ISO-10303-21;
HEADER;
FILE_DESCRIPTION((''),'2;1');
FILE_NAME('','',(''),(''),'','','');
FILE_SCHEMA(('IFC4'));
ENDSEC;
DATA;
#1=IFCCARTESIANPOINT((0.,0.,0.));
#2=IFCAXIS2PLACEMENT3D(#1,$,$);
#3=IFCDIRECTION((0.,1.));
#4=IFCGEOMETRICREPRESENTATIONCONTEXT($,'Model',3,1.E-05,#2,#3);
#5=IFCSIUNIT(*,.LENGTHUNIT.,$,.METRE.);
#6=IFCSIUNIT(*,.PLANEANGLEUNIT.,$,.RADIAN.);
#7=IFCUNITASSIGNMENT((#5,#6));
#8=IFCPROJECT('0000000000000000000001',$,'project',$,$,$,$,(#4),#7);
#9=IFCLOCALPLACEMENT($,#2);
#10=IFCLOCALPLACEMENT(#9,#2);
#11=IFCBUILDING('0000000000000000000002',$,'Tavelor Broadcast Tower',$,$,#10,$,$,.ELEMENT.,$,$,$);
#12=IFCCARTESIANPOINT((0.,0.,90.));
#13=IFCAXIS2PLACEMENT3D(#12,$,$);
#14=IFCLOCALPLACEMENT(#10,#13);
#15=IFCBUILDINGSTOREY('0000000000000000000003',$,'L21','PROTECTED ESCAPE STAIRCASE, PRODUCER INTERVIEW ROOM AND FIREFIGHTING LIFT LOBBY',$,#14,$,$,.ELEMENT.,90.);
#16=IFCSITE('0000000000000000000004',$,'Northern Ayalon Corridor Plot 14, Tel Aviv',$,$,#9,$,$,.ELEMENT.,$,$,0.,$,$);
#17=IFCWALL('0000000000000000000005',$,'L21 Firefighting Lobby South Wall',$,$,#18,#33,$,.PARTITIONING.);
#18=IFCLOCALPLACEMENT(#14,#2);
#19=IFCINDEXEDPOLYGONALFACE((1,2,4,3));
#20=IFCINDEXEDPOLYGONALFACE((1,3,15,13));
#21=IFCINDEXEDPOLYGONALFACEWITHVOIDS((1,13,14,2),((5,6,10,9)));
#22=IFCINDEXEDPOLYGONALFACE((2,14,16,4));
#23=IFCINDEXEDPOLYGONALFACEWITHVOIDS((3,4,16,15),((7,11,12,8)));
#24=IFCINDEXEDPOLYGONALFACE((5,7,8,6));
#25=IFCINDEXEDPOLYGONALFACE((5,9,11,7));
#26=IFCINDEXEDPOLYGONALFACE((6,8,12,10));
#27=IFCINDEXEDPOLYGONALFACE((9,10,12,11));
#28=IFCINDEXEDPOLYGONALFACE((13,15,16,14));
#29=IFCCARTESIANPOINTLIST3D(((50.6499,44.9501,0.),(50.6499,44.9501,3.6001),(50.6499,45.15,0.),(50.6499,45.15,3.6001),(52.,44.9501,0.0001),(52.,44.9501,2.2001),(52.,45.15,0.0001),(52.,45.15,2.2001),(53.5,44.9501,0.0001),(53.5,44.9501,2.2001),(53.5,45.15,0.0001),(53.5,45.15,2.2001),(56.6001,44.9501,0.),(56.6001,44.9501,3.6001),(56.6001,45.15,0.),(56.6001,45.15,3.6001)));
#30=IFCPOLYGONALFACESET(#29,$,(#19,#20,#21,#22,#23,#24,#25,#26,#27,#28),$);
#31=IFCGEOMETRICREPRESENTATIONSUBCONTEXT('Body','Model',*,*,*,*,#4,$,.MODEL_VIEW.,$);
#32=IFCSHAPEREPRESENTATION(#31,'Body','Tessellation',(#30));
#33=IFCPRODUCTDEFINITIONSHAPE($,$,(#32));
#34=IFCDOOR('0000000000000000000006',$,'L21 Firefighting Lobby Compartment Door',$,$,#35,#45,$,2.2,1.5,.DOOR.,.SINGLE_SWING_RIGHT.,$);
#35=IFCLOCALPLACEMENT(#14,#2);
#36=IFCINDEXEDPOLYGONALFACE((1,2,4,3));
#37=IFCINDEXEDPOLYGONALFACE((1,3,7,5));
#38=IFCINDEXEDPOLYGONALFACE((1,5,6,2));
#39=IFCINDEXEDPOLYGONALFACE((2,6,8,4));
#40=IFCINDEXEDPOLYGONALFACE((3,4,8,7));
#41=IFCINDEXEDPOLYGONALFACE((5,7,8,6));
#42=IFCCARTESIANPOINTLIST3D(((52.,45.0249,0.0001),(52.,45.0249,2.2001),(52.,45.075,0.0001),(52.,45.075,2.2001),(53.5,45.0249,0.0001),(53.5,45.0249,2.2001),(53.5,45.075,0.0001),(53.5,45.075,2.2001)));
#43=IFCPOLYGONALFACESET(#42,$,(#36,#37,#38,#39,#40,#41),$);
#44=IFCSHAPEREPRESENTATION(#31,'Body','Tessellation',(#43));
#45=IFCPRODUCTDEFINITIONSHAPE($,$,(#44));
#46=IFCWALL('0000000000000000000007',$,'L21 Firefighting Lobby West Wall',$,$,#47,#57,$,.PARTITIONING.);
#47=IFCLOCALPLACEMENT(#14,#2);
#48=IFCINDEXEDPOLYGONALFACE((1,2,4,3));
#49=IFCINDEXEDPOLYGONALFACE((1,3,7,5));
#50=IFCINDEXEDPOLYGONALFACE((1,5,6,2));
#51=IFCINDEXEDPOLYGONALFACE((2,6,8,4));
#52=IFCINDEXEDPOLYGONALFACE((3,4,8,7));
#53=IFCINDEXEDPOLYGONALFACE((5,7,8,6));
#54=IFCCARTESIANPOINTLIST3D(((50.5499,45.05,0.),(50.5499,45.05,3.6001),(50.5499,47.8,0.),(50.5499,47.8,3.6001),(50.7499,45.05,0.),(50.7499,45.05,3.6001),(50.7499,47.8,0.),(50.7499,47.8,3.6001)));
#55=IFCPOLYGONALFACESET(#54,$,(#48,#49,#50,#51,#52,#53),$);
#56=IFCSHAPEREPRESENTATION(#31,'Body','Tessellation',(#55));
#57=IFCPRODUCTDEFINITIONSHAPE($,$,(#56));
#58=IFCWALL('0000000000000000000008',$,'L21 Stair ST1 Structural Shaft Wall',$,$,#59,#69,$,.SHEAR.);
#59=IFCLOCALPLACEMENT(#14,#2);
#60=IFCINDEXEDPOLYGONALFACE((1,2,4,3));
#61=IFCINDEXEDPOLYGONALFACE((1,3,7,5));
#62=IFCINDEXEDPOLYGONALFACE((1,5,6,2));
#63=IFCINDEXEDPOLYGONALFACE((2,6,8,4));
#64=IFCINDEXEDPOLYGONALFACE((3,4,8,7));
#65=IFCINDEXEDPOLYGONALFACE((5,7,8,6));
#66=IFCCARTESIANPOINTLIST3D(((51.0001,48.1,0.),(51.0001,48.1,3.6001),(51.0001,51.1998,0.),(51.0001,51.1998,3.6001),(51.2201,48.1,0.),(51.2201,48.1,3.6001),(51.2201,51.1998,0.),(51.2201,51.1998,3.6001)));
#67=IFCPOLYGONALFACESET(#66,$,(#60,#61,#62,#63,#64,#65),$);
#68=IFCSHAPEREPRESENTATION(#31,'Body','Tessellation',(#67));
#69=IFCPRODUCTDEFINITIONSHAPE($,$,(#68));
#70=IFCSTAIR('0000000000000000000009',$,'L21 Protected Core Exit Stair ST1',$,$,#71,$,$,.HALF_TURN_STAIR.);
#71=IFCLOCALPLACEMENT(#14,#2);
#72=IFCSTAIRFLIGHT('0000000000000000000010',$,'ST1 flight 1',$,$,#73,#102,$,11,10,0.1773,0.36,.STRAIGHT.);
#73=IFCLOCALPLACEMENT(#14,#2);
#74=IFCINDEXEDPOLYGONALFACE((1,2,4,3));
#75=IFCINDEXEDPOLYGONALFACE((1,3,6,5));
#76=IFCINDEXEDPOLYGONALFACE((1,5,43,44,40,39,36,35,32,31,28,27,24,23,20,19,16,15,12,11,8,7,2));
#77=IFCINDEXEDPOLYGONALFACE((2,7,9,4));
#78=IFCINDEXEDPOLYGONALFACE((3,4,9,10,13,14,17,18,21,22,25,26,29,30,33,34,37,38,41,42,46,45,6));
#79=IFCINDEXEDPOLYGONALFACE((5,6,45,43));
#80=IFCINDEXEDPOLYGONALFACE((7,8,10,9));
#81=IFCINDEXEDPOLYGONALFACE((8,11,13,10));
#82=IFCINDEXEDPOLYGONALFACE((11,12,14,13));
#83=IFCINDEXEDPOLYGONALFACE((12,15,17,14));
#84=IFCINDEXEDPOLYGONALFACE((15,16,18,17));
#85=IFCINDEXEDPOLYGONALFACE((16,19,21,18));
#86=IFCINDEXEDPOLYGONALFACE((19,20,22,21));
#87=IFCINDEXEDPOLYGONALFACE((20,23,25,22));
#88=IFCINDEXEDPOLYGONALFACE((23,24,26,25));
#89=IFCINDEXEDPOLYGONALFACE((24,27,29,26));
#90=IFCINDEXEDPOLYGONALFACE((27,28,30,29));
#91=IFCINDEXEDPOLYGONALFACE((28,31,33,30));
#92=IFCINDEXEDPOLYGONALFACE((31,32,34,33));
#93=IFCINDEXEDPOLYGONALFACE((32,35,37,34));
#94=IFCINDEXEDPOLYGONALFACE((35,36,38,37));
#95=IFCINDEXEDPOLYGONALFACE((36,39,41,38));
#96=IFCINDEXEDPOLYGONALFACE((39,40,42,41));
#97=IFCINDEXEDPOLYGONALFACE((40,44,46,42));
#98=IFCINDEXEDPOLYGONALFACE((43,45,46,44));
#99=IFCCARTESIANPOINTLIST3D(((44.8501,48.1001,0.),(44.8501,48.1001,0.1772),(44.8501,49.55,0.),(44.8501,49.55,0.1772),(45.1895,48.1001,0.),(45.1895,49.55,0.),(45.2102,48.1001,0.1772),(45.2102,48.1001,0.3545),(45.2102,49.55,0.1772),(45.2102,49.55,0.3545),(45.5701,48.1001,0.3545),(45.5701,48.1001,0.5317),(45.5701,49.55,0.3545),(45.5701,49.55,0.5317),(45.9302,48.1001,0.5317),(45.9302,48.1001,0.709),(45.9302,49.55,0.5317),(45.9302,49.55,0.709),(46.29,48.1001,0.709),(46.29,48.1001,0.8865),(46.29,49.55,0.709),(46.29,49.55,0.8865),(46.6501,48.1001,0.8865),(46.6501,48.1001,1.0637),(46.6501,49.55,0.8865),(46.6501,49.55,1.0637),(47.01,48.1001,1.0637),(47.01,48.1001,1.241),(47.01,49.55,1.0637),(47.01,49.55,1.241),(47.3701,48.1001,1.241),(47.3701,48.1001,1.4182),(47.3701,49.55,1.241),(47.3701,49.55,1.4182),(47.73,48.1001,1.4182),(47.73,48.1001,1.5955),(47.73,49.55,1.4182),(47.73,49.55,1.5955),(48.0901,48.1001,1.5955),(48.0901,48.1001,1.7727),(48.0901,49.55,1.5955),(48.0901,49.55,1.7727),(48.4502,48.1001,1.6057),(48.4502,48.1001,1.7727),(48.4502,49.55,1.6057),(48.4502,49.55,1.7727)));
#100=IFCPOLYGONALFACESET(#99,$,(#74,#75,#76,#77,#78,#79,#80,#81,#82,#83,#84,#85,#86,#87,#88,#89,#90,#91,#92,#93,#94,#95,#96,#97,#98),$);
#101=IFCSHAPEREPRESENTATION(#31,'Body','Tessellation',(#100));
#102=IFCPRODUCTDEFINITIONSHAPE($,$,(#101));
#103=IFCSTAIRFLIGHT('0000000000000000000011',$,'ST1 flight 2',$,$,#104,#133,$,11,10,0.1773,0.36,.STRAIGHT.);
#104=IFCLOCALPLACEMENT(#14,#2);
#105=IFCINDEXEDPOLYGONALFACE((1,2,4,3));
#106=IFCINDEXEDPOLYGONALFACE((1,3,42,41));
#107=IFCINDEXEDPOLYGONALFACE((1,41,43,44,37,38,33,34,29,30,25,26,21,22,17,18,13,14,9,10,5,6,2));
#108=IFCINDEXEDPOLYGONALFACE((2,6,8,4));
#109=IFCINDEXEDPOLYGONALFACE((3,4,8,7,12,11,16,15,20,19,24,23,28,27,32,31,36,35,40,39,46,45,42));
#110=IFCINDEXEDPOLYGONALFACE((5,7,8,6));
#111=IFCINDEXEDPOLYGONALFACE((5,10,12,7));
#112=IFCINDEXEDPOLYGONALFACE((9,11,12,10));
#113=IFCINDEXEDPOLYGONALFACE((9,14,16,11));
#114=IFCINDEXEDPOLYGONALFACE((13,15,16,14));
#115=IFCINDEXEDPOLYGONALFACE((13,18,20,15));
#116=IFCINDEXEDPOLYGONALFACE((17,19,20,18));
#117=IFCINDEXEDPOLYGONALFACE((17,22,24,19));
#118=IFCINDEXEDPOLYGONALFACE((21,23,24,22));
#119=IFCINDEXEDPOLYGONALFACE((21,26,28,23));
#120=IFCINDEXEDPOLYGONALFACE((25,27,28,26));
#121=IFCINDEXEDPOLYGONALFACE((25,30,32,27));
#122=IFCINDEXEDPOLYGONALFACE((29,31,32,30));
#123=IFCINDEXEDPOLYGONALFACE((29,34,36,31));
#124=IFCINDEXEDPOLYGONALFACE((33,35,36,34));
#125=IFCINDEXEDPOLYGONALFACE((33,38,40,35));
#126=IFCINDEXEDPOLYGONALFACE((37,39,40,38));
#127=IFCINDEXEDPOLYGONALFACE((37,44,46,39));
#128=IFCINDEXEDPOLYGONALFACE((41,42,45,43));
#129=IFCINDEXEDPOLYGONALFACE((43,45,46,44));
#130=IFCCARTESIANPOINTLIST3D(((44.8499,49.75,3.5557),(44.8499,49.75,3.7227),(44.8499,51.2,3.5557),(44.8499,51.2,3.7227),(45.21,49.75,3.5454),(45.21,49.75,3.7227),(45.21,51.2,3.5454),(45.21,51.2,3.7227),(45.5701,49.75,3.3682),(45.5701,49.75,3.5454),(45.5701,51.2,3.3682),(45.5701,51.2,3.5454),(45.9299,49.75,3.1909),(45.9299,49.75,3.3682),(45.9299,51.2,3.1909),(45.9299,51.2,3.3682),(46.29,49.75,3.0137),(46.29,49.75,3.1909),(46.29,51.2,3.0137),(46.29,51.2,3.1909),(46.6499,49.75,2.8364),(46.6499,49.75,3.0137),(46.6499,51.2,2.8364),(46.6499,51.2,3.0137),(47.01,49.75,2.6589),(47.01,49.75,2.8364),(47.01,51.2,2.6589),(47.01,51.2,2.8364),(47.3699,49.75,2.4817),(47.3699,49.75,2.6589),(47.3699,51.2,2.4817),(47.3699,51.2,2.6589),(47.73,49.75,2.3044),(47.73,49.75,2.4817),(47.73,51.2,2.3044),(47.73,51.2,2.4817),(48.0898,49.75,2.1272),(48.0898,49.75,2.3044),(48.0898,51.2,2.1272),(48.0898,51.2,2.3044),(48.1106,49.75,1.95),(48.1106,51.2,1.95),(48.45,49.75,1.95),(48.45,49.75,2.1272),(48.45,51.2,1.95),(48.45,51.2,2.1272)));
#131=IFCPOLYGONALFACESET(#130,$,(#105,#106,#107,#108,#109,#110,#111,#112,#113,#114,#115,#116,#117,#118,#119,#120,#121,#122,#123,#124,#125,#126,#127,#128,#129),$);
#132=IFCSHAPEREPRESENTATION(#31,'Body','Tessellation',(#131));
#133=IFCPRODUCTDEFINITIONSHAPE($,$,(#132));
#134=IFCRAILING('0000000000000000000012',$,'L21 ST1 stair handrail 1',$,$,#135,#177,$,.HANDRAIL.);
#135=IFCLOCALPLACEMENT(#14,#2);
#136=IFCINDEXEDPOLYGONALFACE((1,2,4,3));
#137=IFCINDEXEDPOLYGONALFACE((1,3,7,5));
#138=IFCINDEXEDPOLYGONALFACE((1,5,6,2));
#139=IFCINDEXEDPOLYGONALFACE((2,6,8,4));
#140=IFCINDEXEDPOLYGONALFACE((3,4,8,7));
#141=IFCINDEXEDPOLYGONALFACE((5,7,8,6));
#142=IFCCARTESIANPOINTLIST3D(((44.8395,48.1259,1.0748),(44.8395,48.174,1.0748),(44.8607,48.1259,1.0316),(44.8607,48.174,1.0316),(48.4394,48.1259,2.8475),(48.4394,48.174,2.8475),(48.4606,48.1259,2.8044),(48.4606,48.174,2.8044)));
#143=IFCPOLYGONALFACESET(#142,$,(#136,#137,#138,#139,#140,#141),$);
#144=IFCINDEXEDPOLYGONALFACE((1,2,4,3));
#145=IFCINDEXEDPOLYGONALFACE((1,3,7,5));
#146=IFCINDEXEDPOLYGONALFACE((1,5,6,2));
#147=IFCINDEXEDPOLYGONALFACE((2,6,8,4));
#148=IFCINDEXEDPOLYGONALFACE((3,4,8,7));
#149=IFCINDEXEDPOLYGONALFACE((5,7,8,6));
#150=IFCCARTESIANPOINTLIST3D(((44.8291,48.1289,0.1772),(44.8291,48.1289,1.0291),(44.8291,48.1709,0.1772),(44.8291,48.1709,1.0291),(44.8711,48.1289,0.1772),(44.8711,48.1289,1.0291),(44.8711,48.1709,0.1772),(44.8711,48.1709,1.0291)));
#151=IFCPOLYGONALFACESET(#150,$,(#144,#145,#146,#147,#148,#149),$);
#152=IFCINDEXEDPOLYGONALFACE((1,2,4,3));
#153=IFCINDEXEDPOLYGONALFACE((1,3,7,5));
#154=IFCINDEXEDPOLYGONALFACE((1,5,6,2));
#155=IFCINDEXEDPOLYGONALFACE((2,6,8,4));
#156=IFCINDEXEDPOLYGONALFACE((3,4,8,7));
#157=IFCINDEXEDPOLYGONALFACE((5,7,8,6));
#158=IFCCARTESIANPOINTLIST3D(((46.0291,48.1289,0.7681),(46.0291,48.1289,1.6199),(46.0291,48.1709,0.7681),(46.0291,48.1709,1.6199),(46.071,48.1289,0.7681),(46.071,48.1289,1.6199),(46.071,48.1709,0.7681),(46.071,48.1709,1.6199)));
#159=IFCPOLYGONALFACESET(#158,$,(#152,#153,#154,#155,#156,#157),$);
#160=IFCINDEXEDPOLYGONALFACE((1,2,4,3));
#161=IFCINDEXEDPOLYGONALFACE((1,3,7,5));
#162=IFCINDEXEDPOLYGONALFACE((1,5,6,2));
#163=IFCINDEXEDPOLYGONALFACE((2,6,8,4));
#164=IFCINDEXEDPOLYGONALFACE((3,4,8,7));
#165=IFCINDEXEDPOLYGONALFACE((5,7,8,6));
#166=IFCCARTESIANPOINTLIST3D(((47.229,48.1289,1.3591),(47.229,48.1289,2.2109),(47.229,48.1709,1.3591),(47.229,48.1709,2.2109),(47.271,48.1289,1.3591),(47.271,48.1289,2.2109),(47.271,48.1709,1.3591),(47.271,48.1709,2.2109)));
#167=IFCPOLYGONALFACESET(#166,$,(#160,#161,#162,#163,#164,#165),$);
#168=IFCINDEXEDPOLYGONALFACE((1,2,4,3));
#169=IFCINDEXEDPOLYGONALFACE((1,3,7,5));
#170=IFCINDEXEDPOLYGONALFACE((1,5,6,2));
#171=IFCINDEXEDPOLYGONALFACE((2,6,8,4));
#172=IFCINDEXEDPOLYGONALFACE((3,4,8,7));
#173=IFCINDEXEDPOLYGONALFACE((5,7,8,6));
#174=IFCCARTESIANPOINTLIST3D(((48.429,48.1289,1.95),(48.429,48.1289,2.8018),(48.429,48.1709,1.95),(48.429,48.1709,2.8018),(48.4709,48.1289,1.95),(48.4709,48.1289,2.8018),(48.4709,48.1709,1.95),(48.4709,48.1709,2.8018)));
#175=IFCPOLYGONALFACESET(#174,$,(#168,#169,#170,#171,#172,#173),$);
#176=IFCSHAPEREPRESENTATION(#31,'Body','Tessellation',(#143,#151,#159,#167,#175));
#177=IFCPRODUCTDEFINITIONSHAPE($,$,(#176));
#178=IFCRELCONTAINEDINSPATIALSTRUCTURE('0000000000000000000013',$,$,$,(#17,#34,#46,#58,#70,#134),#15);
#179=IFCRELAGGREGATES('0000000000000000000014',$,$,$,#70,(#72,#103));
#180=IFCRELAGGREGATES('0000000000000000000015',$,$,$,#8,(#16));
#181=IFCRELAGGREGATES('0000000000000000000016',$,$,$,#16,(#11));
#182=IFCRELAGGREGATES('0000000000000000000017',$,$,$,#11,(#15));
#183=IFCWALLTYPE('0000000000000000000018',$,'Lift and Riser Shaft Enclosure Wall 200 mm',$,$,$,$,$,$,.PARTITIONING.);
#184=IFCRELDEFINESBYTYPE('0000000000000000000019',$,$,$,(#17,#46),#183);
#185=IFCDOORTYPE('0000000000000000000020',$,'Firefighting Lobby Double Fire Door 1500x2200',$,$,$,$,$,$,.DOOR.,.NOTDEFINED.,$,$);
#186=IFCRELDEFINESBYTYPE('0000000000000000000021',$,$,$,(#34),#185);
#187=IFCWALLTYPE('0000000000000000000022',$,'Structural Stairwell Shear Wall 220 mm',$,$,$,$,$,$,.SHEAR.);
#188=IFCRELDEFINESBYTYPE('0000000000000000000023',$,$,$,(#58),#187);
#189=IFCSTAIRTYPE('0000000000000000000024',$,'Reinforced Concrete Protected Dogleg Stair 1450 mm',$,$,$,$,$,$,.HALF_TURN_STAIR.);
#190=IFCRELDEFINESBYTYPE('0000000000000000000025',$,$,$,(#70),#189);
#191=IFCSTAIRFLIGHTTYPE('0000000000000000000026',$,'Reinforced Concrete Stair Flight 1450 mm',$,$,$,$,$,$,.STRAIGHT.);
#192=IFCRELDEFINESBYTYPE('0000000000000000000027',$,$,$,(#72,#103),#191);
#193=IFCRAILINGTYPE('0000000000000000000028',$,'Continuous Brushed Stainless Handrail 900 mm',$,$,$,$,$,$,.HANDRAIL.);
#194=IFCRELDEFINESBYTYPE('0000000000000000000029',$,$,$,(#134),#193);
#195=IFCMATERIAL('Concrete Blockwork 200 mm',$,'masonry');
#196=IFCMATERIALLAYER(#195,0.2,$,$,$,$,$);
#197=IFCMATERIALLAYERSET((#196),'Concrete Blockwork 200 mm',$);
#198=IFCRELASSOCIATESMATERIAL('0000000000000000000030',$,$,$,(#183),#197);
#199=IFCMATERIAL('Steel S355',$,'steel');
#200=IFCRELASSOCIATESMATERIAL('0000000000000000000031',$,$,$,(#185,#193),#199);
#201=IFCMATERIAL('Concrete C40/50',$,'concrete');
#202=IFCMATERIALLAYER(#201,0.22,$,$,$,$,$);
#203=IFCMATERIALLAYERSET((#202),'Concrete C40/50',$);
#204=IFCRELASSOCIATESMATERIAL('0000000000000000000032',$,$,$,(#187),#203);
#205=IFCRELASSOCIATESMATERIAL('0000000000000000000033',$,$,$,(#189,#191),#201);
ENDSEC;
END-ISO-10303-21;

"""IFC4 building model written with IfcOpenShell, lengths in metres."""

from ifc_helpers import new_model, si_unit, direction, frame, frame_2d, origin, origin_2d, place, context, subcontext, project, spatial, polyline, rectangle, outline, extrude, material, layer, layer_set, type_object, element, fill, aggregate, save


model = new_model("IFC4")

# Units and contexts
model_context = context("Model", 3, precision=1e-05, world=origin(), true_north=direction((0.0, 1.0)))
body_context = subcontext(model_context, "Body", "Model", "MODEL_VIEW")
ifc_project = project(units=[si_unit("LENGTHUNIT", "METRE"), si_unit("PLANEANGLEUNIT", "RADIAN")], contexts=[model_context])

# Site, building, storey
site_placement = place(None, origin())
site = spatial("IfcSite", under=ifc_project, at=site_placement, Name="Northern Ayalon Corridor Plot 14, Tel Aviv", CompositionType="ELEMENT", RefElevation=0.0)
building_placement = place(site_placement, origin())
building = spatial("IfcBuilding", under=site, at=building_placement, Name="Tavelor Broadcast Tower", CompositionType="ELEMENT")
storey_placement = place(building_placement, frame((0.0, 0.0, 90.0)))
storey = spatial("IfcBuildingStorey", under=building, at=storey_placement, Name="L21", Description="PROTECTED ESCAPE STAIRCASE, PRODUCER INTERVIEW ROOM AND FIREFIGHTING LIFT LOBBY", CompositionType="ELEMENT", Elevation=90.0)

# Shared definitions
ifc_material_1 = material(Name="Concrete C40/50", Category="concrete")
ifc_material_2 = material(Name="Steel S355", Category="steel")

# Shared definitions
ifc_material_3 = material(Name="Concrete Blockwork 200 mm", Category="masonry")
ifc_layer_1 = layer(ifc_material_3, 0.2)
ifc_layer_set_1 = layer_set([ifc_layer_1], Name="Concrete Blockwork 200 mm")
wall_type_1 = type_object("IfcWallType", Name="Lift and Riser Shaft Enclosure Wall 200 mm", PredefinedType="PARTITIONING", material=ifc_layer_set_1)

# Wall, opening, door
wall_1_placement = place(storey_placement, frame((50.6499, 45.05, 0.0), z_axis=(0.0, 0.0, 1.0), x_axis=(1.0, 0.0, 0.0)))
wall_1 = element("IfcWall", 1, at=wall_1_placement, inside=storey, type_object=wall_type_1, Name="L21 Firefighting Lobby South Wall", PredefinedType="PARTITIONING", context=body_context, shape_type="SweptSolid", body=[
    extrude(rectangle(XDim=5.9502, YDim=0.2, at=frame_2d((2.9751, 0.0))), origin(), (0.0, 0.0, 1.0), 3.6001),
])
opening_placement = place(wall_1_placement, frame((1.3501, 0.0, 0.0)))
opening = element("IfcOpeningElement", 2, at=opening_placement, cuts=wall_1, PredefinedType="OPENING", context=body_context, shape_type="SweptSolid", body=[
    extrude(rectangle(XDim=1.5, YDim=2.2, at=frame_2d((0.75, 1.1001))), frame((0.0, 0.1099, 0.0), z_axis=(0.0, -1.0, 0.0), x_axis=(1.0, 0.0, 0.0)), (0.0, 0.0, 1.0), 0.22),
])
door_type = type_object("IfcDoorType", Name="Firefighting Lobby Double Fire Door 1500x2200", OperationType="NOTDEFINED", PredefinedType="DOOR", material=ifc_material_2)
door_placement = place(opening_placement, origin())
door = element("IfcDoor", 3, at=door_placement, inside=storey, type_object=door_type, Name="L21 Firefighting Lobby Compartment Door", OperationType="SINGLE_SWING_RIGHT", OverallHeight=2.2, OverallWidth=1.5, PredefinedType="DOOR", context=body_context, shape_type="SweptSolid", body=[
    extrude(rectangle(XDim=1.5, YDim=2.2, at=frame_2d((0.75, 1.1001))), frame((0.0, 0.0249, 0.0), z_axis=(0.0, -1.0, 0.0), x_axis=(1.0, 0.0, 0.0)), (0.0, 0.0, 1.0), 0.05),
])
fill(opening, door)

# Walls
wall_2_placement = place(storey_placement, frame((50.6499, 45.05, 0.0), z_axis=(0.0, 0.0, 1.0), x_axis=(0.0, 1.0, 0.0)))
element("IfcWall", 4, at=wall_2_placement, inside=storey, type_object=wall_type_1, Name="L21 Firefighting Lobby West Wall", PredefinedType="PARTITIONING", context=body_context, shape_type="SweptSolid", body=[
    extrude(rectangle(XDim=2.75, YDim=0.2, at=frame_2d((1.375, 0.0))), origin(), (0.0, 0.0, 1.0), 3.6001),
])
ifc_layer_2 = layer(ifc_material_1, 0.22)
ifc_layer_set_2 = layer_set([ifc_layer_2], Name="Concrete C40/50")
wall_type_2 = type_object("IfcWallType", Name="Structural Stairwell Shear Wall 220 mm", PredefinedType="SHEAR", material=ifc_layer_set_2)
wall_3_placement = place(storey_placement, frame((51.1101, 48.1001, 0.0), z_axis=(0.0, 0.0, 1.0), x_axis=(0.0, 1.0, 0.0)))
element("IfcWall", 5, at=wall_3_placement, inside=storey, type_object=wall_type_2, Name="L21 Stair ST1 Structural Shaft Wall", PredefinedType="SHEAR", context=body_context, shape_type="SweptSolid", body=[
    extrude(rectangle(XDim=3.0999, YDim=0.22, at=frame_2d((1.5498, 0.0))), origin(), (0.0, 0.0, 1.0), 3.6001),
])

# Stair, stair flights
stair_type = type_object("IfcStairType", Name="Reinforced Concrete Protected Dogleg Stair 1450 mm", PredefinedType="HALF_TURN_STAIR", material=ifc_material_1)
stair_placement = place(storey_placement, origin())
stair = element("IfcStair", 6, at=stair_placement, inside=storey, type_object=stair_type, Name="L21 Protected Core Exit Stair ST1", PredefinedType="HALF_TURN_STAIR")
stair_flight_type = type_object("IfcStairFlightType", Name="Reinforced Concrete Stair Flight 1450 mm", PredefinedType="STRAIGHT", material=ifc_material_1)
stair_flight_1_placement = place(storey_placement, frame((44.8501, 48.825, 0.0), z_axis=(0.0, 0.0, 1.0), x_axis=(1.0, 0.0, 0.0)))
stair_flight_1 = element("IfcStairFlight", 7, at=stair_flight_1_placement, type_object=stair_flight_type, Name="ST1 flight 1", NumberOfRisers=11, NumberOfTreads=10, PredefinedType="STRAIGHT", RiserHeight=0.1773, TreadLength=0.36, context=body_context, shape_type="SweptSolid", body=[
    extrude(outline(polyline([(0.0, 0.0), (0.0, 0.1772), (0.3601, 0.1772), (0.3601, 0.3545), (0.72, 0.3545), (0.72, 0.5317), (1.0801, 0.5317), (1.0801, 0.709), (1.4399, 0.709), (1.4399, 0.8865), (1.8, 0.8865), (1.8, 1.0637), (2.1599, 1.0637), (2.1599, 1.241), (2.52, 1.241), (2.52, 1.4182), (2.8799, 1.4182), (2.8799, 1.5955), (3.24, 1.5955), (3.24, 1.7727), (3.6001, 1.7727), (3.6001, 1.95), (3.6001, 1.6057), (0.3394, 0.0), (0.0, 0.0)])), frame((0.0, 0.7251, 0.0), z_axis=(0.0, -1.0, 0.0), x_axis=(1.0, 0.0, 0.0)), (0.0, 0.0, 1.0), 1.45),
])
stair_flight_2_placement = place(storey_placement, frame((48.45, 50.4751, 1.95), z_axis=(0.0, 0.0, 1.0), x_axis=(-1.0, 0.0, 0.0)))
stair_flight_2 = element("IfcStairFlight", 8, at=stair_flight_2_placement, type_object=stair_flight_type, Name="ST1 flight 2", NumberOfRisers=11, NumberOfTreads=10, PredefinedType="STRAIGHT", RiserHeight=0.1773, TreadLength=0.36, context=body_context, shape_type="SweptSolid", body=[
    extrude(outline(polyline([(0.0, 0.0), (0.0, 0.1772), (0.3601, 0.1772), (0.3601, 0.3545), (0.72, 0.3545), (0.72, 0.5317), (1.0801, 0.5317), (1.0801, 0.709), (1.4399, 0.709), (1.4399, 0.8865), (1.8, 0.8865), (1.8, 1.0637), (2.1599, 1.0637), (2.1599, 1.241), (2.52, 1.241), (2.52, 1.4182), (2.8799, 1.4182), (2.8799, 1.5955), (3.24, 1.5955), (3.24, 1.7727), (3.6001, 1.7727), (3.6001, 1.95), (3.6001, 1.6057), (0.3394, 0.0), (0.0, 0.0)])), frame((0.0, 0.7251, 0.0), z_axis=(0.0, -1.0, 0.0), x_axis=(1.0, 0.0, 0.0)), (0.0, 0.0, 1.0), 1.45),
])
aggregate(stair, [stair_flight_1, stair_flight_2])

# Railing
railing_type_1 = type_object("IfcRailingType", Name="Continuous Brushed Stainless Handrail 900 mm", PredefinedType="HANDRAIL", material=ifc_material_2)
railing_1_placement = place(storey_placement, frame((44.8501, 48.1499, 0.1772)))
element("IfcRailing", 9, at=railing_1_placement, inside=storey, type_object=railing_type_1, Name="L21 ST1 stair handrail 1", PredefinedType="HANDRAIL", context=body_context, shape_type="SweptSolid", body=[
    extrude(rectangle(XDim=0.0481, YDim=0.0481, at=origin_2d()), frame((0.0, 0.0, 0.876), z_axis=(0.897124, 0.0, 0.441778), x_axis=(0.0, 1.0, 0.0)), (0.0, 0.0, 1.0), 4.0127),
    extrude(rectangle(XDim=0.042, YDim=0.042, at=origin_2d()), origin(), (0.0, 0.0, 1.0), 0.8518),
    extrude(rectangle(XDim=0.042, YDim=0.042, at=origin_2d()), frame((1.2, 0.0, 0.5908)), (0.0, 0.0, 1.0), 0.8518),
    extrude(rectangle(XDim=0.042, YDim=0.042, at=origin_2d()), frame((2.3999, 0.0, 1.1819)), (0.0, 0.0, 1.0), 0.8518),
    extrude(rectangle(XDim=0.042, YDim=0.042, at=origin_2d()), frame((3.5999, 0.0, 1.7727)), (0.0, 0.0, 1.0), 0.8518),
])

save(model, "model.ifc")
